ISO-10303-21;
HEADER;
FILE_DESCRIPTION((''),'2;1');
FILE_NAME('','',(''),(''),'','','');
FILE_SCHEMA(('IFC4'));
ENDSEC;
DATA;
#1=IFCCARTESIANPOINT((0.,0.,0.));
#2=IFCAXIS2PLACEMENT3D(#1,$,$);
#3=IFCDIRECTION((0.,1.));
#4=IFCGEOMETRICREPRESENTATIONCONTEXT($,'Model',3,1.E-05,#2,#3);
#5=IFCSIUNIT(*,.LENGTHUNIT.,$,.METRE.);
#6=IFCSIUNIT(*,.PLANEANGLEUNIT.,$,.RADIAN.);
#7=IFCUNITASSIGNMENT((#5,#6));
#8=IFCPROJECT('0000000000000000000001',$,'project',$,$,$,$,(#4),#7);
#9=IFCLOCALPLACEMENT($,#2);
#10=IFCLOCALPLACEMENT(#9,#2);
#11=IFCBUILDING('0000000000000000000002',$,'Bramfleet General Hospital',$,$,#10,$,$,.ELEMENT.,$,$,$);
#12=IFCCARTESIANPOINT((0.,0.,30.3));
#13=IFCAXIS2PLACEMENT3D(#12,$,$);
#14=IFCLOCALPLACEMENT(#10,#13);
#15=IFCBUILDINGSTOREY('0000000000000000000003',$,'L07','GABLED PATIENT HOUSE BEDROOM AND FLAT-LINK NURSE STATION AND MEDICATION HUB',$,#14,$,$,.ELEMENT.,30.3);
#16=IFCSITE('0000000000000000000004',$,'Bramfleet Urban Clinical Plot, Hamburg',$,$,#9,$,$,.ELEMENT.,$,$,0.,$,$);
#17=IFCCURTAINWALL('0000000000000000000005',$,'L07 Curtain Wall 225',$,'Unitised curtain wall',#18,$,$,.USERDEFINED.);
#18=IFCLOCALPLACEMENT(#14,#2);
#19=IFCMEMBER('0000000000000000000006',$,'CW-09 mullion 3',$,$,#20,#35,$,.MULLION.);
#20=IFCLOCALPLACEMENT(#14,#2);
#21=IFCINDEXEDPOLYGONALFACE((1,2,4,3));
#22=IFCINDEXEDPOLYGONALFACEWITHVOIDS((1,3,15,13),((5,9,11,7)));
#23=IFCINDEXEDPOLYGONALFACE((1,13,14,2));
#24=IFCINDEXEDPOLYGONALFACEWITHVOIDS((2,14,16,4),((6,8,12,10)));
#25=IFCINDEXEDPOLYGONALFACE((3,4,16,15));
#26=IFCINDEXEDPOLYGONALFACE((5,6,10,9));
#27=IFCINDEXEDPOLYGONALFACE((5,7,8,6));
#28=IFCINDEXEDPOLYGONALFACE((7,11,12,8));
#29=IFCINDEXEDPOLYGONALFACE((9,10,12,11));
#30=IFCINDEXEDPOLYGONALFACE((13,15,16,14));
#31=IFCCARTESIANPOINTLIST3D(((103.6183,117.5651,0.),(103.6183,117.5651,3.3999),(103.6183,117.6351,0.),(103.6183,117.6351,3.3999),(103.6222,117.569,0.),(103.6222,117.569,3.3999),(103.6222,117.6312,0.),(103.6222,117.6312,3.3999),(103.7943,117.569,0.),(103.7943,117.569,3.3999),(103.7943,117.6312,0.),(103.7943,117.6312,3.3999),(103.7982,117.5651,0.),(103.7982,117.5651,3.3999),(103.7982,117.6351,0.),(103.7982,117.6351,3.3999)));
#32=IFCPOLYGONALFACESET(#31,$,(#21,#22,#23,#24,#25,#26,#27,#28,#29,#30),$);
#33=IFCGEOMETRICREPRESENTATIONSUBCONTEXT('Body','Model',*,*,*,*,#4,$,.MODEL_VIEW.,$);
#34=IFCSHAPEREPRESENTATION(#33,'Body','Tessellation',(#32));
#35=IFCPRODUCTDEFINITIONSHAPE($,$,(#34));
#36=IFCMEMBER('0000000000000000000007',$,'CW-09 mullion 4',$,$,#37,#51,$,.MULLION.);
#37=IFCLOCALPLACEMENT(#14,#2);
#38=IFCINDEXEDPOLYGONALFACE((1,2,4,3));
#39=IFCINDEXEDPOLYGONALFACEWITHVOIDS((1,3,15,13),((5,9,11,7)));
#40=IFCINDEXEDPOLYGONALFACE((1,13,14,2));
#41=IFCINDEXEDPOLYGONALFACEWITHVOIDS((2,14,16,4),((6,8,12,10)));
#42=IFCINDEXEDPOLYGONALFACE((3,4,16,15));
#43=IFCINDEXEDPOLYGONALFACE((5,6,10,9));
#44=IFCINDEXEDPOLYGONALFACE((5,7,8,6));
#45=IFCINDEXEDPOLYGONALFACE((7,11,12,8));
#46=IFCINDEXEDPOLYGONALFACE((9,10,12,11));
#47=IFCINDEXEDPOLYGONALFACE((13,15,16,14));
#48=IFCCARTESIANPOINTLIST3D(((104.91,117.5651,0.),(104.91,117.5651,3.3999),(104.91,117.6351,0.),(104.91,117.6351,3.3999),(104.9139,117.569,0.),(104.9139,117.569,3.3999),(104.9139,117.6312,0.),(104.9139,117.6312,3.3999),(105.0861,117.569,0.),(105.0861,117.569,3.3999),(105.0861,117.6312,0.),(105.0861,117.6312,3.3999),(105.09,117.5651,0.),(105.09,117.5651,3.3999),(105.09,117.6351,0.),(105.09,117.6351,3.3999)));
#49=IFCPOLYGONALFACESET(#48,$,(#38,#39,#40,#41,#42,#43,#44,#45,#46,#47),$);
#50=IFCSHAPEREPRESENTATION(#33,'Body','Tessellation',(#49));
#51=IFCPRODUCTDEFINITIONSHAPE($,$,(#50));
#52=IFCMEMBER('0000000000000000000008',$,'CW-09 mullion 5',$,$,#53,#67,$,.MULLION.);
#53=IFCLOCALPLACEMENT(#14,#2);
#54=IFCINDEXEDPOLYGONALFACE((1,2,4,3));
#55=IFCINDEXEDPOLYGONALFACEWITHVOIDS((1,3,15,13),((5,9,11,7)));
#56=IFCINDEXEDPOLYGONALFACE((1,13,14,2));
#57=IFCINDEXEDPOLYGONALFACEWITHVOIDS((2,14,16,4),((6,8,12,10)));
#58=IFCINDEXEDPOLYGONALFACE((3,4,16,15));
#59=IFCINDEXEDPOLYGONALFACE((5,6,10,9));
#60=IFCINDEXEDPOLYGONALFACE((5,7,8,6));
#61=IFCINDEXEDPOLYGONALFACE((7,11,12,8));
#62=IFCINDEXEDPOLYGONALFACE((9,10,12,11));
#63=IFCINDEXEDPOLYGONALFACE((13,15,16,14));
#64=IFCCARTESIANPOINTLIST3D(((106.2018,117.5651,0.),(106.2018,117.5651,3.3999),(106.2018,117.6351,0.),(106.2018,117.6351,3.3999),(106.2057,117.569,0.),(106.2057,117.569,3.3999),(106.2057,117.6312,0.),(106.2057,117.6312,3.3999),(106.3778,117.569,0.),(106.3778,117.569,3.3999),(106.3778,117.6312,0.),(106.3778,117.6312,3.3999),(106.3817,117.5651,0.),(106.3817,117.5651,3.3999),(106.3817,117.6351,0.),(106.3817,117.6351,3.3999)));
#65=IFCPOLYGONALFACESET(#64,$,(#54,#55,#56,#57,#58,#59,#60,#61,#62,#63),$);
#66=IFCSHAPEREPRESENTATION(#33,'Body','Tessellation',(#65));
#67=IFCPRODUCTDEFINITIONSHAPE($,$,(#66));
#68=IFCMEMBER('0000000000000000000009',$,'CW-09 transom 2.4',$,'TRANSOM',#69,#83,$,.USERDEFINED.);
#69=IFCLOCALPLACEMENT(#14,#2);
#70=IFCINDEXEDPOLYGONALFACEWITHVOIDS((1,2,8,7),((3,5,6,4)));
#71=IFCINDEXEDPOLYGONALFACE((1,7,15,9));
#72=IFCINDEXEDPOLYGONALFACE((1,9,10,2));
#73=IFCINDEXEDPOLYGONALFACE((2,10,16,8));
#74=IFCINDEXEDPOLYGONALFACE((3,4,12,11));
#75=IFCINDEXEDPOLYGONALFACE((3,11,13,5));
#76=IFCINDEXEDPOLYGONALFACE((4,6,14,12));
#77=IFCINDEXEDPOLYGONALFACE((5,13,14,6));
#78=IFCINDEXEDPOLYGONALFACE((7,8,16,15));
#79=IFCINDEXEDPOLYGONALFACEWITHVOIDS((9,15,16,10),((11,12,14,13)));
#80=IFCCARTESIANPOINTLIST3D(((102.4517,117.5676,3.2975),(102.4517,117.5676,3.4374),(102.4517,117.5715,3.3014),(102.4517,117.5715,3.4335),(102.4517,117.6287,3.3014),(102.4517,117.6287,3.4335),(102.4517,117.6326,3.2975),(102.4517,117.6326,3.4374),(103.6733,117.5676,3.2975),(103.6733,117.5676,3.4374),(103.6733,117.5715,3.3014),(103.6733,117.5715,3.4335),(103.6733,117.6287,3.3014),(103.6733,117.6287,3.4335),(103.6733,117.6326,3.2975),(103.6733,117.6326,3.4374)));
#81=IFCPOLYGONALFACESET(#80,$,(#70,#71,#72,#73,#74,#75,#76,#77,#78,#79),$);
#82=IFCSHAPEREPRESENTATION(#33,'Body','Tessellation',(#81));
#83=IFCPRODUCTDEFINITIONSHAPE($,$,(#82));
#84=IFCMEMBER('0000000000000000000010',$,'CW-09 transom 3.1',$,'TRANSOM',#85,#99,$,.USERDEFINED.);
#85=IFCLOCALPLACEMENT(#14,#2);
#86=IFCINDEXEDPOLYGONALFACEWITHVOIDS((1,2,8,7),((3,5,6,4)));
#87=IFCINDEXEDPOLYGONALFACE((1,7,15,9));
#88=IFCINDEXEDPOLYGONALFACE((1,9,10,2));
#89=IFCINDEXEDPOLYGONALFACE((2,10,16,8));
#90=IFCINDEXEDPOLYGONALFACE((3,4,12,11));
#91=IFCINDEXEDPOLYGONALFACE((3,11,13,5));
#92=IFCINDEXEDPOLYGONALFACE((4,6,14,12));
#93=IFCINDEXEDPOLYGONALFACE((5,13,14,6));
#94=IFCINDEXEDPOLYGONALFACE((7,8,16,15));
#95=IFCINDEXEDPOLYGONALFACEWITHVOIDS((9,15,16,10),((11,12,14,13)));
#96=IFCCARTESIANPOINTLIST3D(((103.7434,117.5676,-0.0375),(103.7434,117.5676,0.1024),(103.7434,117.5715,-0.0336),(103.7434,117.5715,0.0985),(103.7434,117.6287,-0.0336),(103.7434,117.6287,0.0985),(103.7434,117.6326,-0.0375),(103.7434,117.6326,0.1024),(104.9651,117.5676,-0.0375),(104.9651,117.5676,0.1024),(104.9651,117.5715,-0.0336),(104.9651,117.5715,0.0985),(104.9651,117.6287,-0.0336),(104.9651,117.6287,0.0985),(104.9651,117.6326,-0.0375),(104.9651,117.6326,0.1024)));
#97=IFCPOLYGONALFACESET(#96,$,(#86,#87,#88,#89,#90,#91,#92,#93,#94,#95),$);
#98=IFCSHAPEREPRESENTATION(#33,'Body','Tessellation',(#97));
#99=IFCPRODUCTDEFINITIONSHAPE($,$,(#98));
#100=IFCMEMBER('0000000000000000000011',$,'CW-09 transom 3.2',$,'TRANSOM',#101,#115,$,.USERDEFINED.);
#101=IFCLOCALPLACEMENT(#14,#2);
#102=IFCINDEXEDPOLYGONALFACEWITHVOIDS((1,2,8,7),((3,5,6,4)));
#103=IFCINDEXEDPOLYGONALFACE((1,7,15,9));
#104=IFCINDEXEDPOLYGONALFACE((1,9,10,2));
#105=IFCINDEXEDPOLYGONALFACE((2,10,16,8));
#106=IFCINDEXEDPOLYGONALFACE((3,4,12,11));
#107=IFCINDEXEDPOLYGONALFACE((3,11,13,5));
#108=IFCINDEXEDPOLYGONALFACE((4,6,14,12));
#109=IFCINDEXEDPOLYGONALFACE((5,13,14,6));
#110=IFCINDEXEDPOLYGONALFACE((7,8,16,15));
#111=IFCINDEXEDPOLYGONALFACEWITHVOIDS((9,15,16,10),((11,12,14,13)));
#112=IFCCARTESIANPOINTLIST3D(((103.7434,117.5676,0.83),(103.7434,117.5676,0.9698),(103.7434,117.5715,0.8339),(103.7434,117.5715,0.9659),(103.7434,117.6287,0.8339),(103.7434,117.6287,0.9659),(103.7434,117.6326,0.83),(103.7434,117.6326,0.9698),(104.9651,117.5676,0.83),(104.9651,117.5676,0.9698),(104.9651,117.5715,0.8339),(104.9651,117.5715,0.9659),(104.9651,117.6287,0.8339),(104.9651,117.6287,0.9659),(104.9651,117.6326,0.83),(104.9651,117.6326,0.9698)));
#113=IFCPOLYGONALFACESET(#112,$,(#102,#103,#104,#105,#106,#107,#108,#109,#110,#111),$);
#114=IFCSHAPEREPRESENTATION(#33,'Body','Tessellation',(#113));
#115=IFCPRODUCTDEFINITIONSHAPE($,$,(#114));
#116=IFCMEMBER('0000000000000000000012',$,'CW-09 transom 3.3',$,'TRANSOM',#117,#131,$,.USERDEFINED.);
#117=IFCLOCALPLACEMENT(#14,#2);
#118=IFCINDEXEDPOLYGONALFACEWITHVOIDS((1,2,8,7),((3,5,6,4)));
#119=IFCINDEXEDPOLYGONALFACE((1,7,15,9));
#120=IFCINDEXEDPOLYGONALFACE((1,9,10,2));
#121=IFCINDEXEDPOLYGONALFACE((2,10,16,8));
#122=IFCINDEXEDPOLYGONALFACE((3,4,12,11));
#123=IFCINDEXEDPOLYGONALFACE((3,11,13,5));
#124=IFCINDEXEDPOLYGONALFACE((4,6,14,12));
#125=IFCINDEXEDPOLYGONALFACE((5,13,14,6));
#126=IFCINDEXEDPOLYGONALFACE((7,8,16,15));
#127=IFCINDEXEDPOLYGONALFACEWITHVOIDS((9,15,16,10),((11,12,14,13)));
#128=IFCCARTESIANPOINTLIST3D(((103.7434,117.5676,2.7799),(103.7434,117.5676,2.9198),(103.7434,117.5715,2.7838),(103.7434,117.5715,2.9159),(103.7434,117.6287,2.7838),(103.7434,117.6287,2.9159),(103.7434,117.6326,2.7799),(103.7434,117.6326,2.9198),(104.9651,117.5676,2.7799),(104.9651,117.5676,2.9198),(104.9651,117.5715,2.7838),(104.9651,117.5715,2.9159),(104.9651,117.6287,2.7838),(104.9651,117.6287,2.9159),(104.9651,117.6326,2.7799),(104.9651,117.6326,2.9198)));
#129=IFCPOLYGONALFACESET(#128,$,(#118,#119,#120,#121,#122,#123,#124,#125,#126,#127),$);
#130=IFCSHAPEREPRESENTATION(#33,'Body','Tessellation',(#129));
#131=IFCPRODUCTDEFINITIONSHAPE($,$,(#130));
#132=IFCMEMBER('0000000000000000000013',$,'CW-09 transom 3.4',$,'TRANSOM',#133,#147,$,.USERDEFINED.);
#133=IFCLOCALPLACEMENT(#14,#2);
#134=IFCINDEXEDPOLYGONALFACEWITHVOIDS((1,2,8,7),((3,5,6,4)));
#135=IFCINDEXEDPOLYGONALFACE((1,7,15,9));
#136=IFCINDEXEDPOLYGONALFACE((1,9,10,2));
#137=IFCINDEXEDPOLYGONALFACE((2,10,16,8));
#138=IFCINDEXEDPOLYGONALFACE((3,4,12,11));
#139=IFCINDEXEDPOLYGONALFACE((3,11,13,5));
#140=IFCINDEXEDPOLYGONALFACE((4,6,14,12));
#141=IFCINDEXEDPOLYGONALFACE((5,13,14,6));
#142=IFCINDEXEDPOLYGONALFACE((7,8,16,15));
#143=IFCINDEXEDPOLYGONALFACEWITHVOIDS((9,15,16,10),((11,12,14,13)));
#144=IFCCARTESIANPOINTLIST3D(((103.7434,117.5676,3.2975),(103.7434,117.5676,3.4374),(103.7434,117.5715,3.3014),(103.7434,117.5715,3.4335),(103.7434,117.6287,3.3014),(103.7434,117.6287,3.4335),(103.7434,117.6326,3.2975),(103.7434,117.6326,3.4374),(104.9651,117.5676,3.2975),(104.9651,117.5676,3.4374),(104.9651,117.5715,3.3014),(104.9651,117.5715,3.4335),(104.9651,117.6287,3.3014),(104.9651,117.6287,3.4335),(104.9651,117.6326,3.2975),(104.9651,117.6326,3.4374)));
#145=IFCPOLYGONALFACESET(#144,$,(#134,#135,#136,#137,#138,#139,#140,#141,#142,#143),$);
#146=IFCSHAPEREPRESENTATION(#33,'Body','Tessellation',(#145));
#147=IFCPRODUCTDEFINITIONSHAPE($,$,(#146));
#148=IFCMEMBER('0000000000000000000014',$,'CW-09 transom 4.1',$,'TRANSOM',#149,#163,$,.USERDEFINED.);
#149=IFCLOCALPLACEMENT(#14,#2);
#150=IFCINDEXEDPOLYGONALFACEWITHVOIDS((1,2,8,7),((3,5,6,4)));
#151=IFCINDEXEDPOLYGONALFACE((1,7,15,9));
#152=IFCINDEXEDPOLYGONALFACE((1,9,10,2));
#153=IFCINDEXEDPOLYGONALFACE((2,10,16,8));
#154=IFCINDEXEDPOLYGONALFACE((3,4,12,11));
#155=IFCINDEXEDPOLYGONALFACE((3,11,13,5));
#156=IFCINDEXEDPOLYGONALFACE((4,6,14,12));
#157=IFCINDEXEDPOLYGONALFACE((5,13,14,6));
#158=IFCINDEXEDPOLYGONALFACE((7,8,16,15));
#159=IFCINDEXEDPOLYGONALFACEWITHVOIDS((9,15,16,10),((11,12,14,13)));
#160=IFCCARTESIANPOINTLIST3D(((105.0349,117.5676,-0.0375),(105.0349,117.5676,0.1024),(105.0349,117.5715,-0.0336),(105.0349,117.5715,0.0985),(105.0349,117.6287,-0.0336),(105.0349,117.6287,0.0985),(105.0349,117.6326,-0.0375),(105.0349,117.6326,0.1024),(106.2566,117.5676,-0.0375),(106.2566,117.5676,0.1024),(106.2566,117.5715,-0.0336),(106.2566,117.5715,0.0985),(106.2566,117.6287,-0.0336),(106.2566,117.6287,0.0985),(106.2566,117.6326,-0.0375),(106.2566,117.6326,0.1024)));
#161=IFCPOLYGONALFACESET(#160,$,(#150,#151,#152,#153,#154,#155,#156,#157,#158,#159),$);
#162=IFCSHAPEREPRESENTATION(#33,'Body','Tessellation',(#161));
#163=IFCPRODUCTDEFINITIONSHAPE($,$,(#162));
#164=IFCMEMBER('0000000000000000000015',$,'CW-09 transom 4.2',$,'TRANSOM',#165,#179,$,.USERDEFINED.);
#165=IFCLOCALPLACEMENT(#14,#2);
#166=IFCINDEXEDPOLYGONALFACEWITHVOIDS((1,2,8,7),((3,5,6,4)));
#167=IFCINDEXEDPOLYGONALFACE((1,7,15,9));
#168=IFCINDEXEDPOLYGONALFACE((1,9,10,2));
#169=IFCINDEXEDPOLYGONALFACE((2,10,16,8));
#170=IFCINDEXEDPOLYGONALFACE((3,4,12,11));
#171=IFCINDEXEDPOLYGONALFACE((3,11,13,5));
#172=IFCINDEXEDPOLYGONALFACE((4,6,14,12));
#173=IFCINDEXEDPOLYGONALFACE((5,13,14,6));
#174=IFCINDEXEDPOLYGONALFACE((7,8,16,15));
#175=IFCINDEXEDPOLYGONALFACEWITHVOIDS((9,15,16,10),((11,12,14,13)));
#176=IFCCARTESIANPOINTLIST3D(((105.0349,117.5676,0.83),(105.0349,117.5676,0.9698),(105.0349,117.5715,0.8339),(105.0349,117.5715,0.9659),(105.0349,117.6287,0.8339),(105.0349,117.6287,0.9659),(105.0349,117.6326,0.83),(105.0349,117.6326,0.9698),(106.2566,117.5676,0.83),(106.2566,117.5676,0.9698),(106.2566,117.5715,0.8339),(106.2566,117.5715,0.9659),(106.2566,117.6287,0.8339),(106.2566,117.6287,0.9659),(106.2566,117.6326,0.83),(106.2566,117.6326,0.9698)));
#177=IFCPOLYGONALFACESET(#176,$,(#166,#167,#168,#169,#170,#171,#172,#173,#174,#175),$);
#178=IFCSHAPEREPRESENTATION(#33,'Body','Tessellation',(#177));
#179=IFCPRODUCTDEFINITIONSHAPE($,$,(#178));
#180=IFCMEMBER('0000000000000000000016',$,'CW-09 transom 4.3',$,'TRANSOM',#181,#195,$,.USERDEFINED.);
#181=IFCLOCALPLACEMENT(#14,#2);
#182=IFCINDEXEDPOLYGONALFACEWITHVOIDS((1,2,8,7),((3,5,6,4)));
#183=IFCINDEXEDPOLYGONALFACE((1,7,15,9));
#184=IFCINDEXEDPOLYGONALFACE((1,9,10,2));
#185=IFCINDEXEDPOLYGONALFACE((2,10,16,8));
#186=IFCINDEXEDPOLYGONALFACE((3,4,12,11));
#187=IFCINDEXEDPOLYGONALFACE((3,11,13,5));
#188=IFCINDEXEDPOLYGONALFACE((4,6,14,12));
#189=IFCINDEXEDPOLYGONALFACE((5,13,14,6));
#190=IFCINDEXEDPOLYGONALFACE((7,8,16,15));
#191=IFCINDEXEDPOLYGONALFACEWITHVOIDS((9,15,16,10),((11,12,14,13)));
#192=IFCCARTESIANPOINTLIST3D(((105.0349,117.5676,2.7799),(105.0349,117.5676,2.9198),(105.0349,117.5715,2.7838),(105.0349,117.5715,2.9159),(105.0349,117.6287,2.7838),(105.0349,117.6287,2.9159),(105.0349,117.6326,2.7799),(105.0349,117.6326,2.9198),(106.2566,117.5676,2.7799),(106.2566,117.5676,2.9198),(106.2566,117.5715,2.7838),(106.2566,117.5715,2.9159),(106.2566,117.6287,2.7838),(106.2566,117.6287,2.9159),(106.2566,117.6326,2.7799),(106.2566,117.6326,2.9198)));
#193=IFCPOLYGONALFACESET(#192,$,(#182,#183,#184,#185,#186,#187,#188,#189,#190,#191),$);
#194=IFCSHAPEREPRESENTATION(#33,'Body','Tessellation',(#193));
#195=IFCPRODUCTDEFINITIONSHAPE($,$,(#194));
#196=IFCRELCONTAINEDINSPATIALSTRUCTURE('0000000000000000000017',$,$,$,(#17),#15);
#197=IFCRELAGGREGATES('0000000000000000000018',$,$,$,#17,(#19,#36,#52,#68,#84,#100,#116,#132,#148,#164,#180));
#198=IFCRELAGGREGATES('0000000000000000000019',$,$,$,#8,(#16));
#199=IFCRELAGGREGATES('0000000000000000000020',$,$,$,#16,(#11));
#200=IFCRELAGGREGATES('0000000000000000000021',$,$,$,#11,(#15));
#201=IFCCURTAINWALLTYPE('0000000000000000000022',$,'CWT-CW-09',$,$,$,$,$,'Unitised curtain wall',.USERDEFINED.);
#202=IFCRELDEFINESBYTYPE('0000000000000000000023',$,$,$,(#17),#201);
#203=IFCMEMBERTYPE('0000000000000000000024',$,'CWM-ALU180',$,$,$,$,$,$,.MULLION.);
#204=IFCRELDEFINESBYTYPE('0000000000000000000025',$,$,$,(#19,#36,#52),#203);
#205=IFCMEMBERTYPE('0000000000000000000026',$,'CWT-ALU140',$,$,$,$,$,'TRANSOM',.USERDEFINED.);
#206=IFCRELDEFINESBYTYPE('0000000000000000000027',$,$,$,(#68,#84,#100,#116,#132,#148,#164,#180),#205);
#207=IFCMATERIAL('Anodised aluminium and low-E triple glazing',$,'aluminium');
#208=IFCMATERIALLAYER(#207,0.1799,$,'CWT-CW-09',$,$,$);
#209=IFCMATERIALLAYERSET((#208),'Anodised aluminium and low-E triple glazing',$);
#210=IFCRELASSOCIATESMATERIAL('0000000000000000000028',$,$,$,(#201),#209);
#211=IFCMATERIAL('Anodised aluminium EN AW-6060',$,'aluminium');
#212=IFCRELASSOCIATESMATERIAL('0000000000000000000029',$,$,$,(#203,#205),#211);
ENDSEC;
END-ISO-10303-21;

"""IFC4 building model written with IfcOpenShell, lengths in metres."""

from ifc_helpers import new_model, si_unit, direction, frame, origin, origin_2d, place, context, subcontext, project, spatial, hollow_rectangle, extrude, material, layer, layer_set, material_profile, profile_set, type_object, element, aggregate, save


model = new_model("IFC4")

# Units and contexts
model_context = context("Model", 3, precision=1e-05, world=origin(), true_north=direction((0.0, 1.0)))
body_context = subcontext(model_context, "Body", "Model", "MODEL_VIEW")
ifc_project = project(units=[si_unit("LENGTHUNIT", "METRE"), si_unit("PLANEANGLEUNIT", "RADIAN")], contexts=[model_context])

# Site, building, storey
site_placement = place(None, origin())
site = spatial("IfcSite", under=ifc_project, at=site_placement, Name="Bramfleet Urban Clinical Plot, Hamburg", CompositionType="ELEMENT", RefElevation=0.0)
building_placement = place(site_placement, origin())
building = spatial("IfcBuilding", under=site, at=building_placement, Name="Bramfleet General Hospital", CompositionType="ELEMENT")
storey_placement = place(building_placement, frame((0.0, 0.0, 30.3)))
storey = spatial("IfcBuildingStorey", under=building, at=storey_placement, Name="L07", Description="GABLED PATIENT HOUSE BEDROOM AND FLAT-LINK NURSE STATION AND MEDICATION HUB", CompositionType="ELEMENT", Elevation=30.3)

# Curtain wall, members
ifc_material_1 = material(Name="Anodised aluminium and low-E triple glazing", Category="aluminium")
ifc_layer_1 = layer(ifc_material_1, 0.1799, Name="CWT-CW-09")
ifc_layer_set_1 = layer_set([ifc_layer_1], Name="Anodised aluminium and low-E triple glazing")
curtain_wall_type = type_object("IfcCurtainWallType", Name="CWT-CW-09", ElementType="Unitised curtain wall", PredefinedType="USERDEFINED", material=ifc_layer_set_1)
curtain_wall_placement = place(storey_placement, origin())
curtain_wall = element("IfcCurtainWall", 1, at=curtain_wall_placement, inside=storey, type_object=curtain_wall_type, Name="L07 Curtain Wall 225", ObjectType="Unitised curtain wall", PredefinedType="USERDEFINED")
ifc_material_2 = material(Name="Anodised aluminium EN AW-6060", Category="aluminium")
ifc_material_profile_1 = material_profile(ifc_material_2, hollow_rectangle(XDim=0.0701, YDim=0.1799, WallThickness=0.0039, at=origin_2d()), Name="ALU 180x70x4.0")
ifc_profile_set_1 = profile_set([ifc_material_profile_1], Name="Anodised aluminium EN AW-6060")
member_type_1 = type_object("IfcMemberType", Name="CWM-ALU180", PredefinedType="MULLION", material=ifc_profile_set_1)
member_1_placement = place(storey_placement, frame((103.7083, 117.6001, 0.0), z_axis=(0.0, 0.0, 1.0), x_axis=(0.0, 1.0, 0.0)))
member_1 = element("IfcMember", 2, at=member_1_placement, type_object=member_type_1, Name="CW-09 mullion 3", PredefinedType="MULLION", context=body_context, shape_type="SweptSolid", body=[
    extrude(hollow_rectangle(XDim=0.0701, YDim=0.1799, WallThickness=0.0039, at=origin_2d()), origin(), (0.0, 0.0, 1.0), 3.3999),
])
member_2_placement = place(storey_placement, frame((105.0, 117.6001, 0.0), z_axis=(0.0, 0.0, 1.0), x_axis=(0.0, 1.0, 0.0)))
member_2 = element("IfcMember", 3, at=member_2_placement, type_object=member_type_1, Name="CW-09 mullion 4", PredefinedType="MULLION", context=body_context, shape_type="SweptSolid", body=[
    extrude(hollow_rectangle(XDim=0.0701, YDim=0.1799, WallThickness=0.0039, at=origin_2d()), origin(), (0.0, 0.0, 1.0), 3.3999),
])
member_3_placement = place(storey_placement, frame((106.2917, 117.6001, 0.0), z_axis=(0.0, 0.0, 1.0), x_axis=(0.0, 1.0, 0.0)))
member_3 = element("IfcMember", 4, at=member_3_placement, type_object=member_type_1, Name="CW-09 mullion 5", PredefinedType="MULLION", context=body_context, shape_type="SweptSolid", body=[
    extrude(hollow_rectangle(XDim=0.0701, YDim=0.1799, WallThickness=0.0039, at=origin_2d()), origin(), (0.0, 0.0, 1.0), 3.3999),
])
ifc_material_profile_2 = material_profile(ifc_material_2, hollow_rectangle(XDim=0.0649, YDim=0.1399, WallThickness=0.0039, at=origin_2d()), Name="ALU 140x65x4.0")
ifc_profile_set_2 = profile_set([ifc_material_profile_2], Name="Anodised aluminium EN AW-6060")
member_type_2 = type_object("IfcMemberType", Name="CWT-ALU140", ElementType="TRANSOM", PredefinedType="USERDEFINED", material=ifc_profile_set_2)
member_4_placement = place(storey_placement, frame((102.4517, 117.6001, 3.3674), z_axis=(1.0, 0.0, 0.0), x_axis=(0.0, 1.0, 0.0)))
member_4 = element("IfcMember", 5, at=member_4_placement, type_object=member_type_2, Name="CW-09 transom 2.4", ObjectType="TRANSOM", PredefinedType="USERDEFINED", context=body_context, shape_type="SweptSolid", body=[
    extrude(hollow_rectangle(XDim=0.0649, YDim=0.1399, WallThickness=0.0039, at=origin_2d()), origin(), (0.0, 0.0, 1.0), 1.2217),
])
member_5_placement = place(storey_placement, frame((103.7434, 117.6001, 0.0325), z_axis=(1.0, 0.0, 0.0), x_axis=(0.0, 1.0, 0.0)))
member_5 = element("IfcMember", 6, at=member_5_placement, type_object=member_type_2, Name="CW-09 transom 3.1", ObjectType="TRANSOM", PredefinedType="USERDEFINED", context=body_context, shape_type="SweptSolid", body=[
    extrude(hollow_rectangle(XDim=0.0649, YDim=0.1399, WallThickness=0.0039, at=origin_2d()), origin(), (0.0, 0.0, 1.0), 1.2217),
])
member_6_placement = place(storey_placement, frame((103.7434, 117.6001, 0.8999), z_axis=(1.0, 0.0, 0.0), x_axis=(0.0, 1.0, 0.0)))
member_6 = element("IfcMember", 7, at=member_6_placement, type_object=member_type_2, Name="CW-09 transom 3.2", ObjectType="TRANSOM", PredefinedType="USERDEFINED", context=body_context, shape_type="SweptSolid", body=[
    extrude(hollow_rectangle(XDim=0.0649, YDim=0.1399, WallThickness=0.0039, at=origin_2d()), origin(), (0.0, 0.0, 1.0), 1.2217),
])
member_7_placement = place(storey_placement, frame((103.7434, 117.6001, 2.8499), z_axis=(1.0, 0.0, 0.0), x_axis=(0.0, 1.0, 0.0)))
member_7 = element("IfcMember", 8, at=member_7_placement, type_object=member_type_2, Name="CW-09 transom 3.3", ObjectType="TRANSOM", PredefinedType="USERDEFINED", context=body_context, shape_type="SweptSolid", body=[
    extrude(hollow_rectangle(XDim=0.0649, YDim=0.1399, WallThickness=0.0039, at=origin_2d()), origin(), (0.0, 0.0, 1.0), 1.2217),
])
member_8_placement = place(storey_placement, frame((103.7434, 117.6001, 3.3674), z_axis=(1.0, 0.0, 0.0), x_axis=(0.0, 1.0, 0.0)))
member_8 = element("IfcMember", 9, at=member_8_placement, type_object=member_type_2, Name="CW-09 transom 3.4", ObjectType="TRANSOM", PredefinedType="USERDEFINED", context=body_context, shape_type="SweptSolid", body=[
    extrude(hollow_rectangle(XDim=0.0649, YDim=0.1399, WallThickness=0.0039, at=origin_2d()), origin(), (0.0, 0.0, 1.0), 1.2217),
])
member_9_placement = place(storey_placement, frame((105.0349, 117.6001, 0.0325), z_axis=(1.0, 0.0, 0.0), x_axis=(0.0, 1.0, 0.0)))
member_9 = element("IfcMember", 10, at=member_9_placement, type_object=member_type_2, Name="CW-09 transom 4.1", ObjectType="TRANSOM", PredefinedType="USERDEFINED", context=body_context, shape_type="SweptSolid", body=[
    extrude(hollow_rectangle(XDim=0.0649, YDim=0.1399, WallThickness=0.0039, at=origin_2d()), origin(), (0.0, 0.0, 1.0), 1.2217),
])
member_10_placement = place(storey_placement, frame((105.0349, 117.6001, 0.8999), z_axis=(1.0, 0.0, 0.0), x_axis=(0.0, 1.0, 0.0)))
member_10 = element("IfcMember", 11, at=member_10_placement, type_object=member_type_2, Name="CW-09 transom 4.2", ObjectType="TRANSOM", PredefinedType="USERDEFINED", context=body_context, shape_type="SweptSolid", body=[
    extrude(hollow_rectangle(XDim=0.0649, YDim=0.1399, WallThickness=0.0039, at=origin_2d()), origin(), (0.0, 0.0, 1.0), 1.2217),
])
member_11_placement = place(storey_placement, frame((105.0349, 117.6001, 2.8499), z_axis=(1.0, 0.0, 0.0), x_axis=(0.0, 1.0, 0.0)))
member_11 = element("IfcMember", 12, at=member_11_placement, type_object=member_type_2, Name="CW-09 transom 4.3", ObjectType="TRANSOM", PredefinedType="USERDEFINED", context=body_context, shape_type="SweptSolid", body=[
    extrude(hollow_rectangle(XDim=0.0649, YDim=0.1399, WallThickness=0.0039, at=origin_2d()), origin(), (0.0, 0.0, 1.0), 1.2217),
])
aggregate(curtain_wall, [member_1, member_2, member_3, member_4, member_5, member_6, member_7, member_8, member_9, member_10, member_11])

save(model, "model.ifc")
